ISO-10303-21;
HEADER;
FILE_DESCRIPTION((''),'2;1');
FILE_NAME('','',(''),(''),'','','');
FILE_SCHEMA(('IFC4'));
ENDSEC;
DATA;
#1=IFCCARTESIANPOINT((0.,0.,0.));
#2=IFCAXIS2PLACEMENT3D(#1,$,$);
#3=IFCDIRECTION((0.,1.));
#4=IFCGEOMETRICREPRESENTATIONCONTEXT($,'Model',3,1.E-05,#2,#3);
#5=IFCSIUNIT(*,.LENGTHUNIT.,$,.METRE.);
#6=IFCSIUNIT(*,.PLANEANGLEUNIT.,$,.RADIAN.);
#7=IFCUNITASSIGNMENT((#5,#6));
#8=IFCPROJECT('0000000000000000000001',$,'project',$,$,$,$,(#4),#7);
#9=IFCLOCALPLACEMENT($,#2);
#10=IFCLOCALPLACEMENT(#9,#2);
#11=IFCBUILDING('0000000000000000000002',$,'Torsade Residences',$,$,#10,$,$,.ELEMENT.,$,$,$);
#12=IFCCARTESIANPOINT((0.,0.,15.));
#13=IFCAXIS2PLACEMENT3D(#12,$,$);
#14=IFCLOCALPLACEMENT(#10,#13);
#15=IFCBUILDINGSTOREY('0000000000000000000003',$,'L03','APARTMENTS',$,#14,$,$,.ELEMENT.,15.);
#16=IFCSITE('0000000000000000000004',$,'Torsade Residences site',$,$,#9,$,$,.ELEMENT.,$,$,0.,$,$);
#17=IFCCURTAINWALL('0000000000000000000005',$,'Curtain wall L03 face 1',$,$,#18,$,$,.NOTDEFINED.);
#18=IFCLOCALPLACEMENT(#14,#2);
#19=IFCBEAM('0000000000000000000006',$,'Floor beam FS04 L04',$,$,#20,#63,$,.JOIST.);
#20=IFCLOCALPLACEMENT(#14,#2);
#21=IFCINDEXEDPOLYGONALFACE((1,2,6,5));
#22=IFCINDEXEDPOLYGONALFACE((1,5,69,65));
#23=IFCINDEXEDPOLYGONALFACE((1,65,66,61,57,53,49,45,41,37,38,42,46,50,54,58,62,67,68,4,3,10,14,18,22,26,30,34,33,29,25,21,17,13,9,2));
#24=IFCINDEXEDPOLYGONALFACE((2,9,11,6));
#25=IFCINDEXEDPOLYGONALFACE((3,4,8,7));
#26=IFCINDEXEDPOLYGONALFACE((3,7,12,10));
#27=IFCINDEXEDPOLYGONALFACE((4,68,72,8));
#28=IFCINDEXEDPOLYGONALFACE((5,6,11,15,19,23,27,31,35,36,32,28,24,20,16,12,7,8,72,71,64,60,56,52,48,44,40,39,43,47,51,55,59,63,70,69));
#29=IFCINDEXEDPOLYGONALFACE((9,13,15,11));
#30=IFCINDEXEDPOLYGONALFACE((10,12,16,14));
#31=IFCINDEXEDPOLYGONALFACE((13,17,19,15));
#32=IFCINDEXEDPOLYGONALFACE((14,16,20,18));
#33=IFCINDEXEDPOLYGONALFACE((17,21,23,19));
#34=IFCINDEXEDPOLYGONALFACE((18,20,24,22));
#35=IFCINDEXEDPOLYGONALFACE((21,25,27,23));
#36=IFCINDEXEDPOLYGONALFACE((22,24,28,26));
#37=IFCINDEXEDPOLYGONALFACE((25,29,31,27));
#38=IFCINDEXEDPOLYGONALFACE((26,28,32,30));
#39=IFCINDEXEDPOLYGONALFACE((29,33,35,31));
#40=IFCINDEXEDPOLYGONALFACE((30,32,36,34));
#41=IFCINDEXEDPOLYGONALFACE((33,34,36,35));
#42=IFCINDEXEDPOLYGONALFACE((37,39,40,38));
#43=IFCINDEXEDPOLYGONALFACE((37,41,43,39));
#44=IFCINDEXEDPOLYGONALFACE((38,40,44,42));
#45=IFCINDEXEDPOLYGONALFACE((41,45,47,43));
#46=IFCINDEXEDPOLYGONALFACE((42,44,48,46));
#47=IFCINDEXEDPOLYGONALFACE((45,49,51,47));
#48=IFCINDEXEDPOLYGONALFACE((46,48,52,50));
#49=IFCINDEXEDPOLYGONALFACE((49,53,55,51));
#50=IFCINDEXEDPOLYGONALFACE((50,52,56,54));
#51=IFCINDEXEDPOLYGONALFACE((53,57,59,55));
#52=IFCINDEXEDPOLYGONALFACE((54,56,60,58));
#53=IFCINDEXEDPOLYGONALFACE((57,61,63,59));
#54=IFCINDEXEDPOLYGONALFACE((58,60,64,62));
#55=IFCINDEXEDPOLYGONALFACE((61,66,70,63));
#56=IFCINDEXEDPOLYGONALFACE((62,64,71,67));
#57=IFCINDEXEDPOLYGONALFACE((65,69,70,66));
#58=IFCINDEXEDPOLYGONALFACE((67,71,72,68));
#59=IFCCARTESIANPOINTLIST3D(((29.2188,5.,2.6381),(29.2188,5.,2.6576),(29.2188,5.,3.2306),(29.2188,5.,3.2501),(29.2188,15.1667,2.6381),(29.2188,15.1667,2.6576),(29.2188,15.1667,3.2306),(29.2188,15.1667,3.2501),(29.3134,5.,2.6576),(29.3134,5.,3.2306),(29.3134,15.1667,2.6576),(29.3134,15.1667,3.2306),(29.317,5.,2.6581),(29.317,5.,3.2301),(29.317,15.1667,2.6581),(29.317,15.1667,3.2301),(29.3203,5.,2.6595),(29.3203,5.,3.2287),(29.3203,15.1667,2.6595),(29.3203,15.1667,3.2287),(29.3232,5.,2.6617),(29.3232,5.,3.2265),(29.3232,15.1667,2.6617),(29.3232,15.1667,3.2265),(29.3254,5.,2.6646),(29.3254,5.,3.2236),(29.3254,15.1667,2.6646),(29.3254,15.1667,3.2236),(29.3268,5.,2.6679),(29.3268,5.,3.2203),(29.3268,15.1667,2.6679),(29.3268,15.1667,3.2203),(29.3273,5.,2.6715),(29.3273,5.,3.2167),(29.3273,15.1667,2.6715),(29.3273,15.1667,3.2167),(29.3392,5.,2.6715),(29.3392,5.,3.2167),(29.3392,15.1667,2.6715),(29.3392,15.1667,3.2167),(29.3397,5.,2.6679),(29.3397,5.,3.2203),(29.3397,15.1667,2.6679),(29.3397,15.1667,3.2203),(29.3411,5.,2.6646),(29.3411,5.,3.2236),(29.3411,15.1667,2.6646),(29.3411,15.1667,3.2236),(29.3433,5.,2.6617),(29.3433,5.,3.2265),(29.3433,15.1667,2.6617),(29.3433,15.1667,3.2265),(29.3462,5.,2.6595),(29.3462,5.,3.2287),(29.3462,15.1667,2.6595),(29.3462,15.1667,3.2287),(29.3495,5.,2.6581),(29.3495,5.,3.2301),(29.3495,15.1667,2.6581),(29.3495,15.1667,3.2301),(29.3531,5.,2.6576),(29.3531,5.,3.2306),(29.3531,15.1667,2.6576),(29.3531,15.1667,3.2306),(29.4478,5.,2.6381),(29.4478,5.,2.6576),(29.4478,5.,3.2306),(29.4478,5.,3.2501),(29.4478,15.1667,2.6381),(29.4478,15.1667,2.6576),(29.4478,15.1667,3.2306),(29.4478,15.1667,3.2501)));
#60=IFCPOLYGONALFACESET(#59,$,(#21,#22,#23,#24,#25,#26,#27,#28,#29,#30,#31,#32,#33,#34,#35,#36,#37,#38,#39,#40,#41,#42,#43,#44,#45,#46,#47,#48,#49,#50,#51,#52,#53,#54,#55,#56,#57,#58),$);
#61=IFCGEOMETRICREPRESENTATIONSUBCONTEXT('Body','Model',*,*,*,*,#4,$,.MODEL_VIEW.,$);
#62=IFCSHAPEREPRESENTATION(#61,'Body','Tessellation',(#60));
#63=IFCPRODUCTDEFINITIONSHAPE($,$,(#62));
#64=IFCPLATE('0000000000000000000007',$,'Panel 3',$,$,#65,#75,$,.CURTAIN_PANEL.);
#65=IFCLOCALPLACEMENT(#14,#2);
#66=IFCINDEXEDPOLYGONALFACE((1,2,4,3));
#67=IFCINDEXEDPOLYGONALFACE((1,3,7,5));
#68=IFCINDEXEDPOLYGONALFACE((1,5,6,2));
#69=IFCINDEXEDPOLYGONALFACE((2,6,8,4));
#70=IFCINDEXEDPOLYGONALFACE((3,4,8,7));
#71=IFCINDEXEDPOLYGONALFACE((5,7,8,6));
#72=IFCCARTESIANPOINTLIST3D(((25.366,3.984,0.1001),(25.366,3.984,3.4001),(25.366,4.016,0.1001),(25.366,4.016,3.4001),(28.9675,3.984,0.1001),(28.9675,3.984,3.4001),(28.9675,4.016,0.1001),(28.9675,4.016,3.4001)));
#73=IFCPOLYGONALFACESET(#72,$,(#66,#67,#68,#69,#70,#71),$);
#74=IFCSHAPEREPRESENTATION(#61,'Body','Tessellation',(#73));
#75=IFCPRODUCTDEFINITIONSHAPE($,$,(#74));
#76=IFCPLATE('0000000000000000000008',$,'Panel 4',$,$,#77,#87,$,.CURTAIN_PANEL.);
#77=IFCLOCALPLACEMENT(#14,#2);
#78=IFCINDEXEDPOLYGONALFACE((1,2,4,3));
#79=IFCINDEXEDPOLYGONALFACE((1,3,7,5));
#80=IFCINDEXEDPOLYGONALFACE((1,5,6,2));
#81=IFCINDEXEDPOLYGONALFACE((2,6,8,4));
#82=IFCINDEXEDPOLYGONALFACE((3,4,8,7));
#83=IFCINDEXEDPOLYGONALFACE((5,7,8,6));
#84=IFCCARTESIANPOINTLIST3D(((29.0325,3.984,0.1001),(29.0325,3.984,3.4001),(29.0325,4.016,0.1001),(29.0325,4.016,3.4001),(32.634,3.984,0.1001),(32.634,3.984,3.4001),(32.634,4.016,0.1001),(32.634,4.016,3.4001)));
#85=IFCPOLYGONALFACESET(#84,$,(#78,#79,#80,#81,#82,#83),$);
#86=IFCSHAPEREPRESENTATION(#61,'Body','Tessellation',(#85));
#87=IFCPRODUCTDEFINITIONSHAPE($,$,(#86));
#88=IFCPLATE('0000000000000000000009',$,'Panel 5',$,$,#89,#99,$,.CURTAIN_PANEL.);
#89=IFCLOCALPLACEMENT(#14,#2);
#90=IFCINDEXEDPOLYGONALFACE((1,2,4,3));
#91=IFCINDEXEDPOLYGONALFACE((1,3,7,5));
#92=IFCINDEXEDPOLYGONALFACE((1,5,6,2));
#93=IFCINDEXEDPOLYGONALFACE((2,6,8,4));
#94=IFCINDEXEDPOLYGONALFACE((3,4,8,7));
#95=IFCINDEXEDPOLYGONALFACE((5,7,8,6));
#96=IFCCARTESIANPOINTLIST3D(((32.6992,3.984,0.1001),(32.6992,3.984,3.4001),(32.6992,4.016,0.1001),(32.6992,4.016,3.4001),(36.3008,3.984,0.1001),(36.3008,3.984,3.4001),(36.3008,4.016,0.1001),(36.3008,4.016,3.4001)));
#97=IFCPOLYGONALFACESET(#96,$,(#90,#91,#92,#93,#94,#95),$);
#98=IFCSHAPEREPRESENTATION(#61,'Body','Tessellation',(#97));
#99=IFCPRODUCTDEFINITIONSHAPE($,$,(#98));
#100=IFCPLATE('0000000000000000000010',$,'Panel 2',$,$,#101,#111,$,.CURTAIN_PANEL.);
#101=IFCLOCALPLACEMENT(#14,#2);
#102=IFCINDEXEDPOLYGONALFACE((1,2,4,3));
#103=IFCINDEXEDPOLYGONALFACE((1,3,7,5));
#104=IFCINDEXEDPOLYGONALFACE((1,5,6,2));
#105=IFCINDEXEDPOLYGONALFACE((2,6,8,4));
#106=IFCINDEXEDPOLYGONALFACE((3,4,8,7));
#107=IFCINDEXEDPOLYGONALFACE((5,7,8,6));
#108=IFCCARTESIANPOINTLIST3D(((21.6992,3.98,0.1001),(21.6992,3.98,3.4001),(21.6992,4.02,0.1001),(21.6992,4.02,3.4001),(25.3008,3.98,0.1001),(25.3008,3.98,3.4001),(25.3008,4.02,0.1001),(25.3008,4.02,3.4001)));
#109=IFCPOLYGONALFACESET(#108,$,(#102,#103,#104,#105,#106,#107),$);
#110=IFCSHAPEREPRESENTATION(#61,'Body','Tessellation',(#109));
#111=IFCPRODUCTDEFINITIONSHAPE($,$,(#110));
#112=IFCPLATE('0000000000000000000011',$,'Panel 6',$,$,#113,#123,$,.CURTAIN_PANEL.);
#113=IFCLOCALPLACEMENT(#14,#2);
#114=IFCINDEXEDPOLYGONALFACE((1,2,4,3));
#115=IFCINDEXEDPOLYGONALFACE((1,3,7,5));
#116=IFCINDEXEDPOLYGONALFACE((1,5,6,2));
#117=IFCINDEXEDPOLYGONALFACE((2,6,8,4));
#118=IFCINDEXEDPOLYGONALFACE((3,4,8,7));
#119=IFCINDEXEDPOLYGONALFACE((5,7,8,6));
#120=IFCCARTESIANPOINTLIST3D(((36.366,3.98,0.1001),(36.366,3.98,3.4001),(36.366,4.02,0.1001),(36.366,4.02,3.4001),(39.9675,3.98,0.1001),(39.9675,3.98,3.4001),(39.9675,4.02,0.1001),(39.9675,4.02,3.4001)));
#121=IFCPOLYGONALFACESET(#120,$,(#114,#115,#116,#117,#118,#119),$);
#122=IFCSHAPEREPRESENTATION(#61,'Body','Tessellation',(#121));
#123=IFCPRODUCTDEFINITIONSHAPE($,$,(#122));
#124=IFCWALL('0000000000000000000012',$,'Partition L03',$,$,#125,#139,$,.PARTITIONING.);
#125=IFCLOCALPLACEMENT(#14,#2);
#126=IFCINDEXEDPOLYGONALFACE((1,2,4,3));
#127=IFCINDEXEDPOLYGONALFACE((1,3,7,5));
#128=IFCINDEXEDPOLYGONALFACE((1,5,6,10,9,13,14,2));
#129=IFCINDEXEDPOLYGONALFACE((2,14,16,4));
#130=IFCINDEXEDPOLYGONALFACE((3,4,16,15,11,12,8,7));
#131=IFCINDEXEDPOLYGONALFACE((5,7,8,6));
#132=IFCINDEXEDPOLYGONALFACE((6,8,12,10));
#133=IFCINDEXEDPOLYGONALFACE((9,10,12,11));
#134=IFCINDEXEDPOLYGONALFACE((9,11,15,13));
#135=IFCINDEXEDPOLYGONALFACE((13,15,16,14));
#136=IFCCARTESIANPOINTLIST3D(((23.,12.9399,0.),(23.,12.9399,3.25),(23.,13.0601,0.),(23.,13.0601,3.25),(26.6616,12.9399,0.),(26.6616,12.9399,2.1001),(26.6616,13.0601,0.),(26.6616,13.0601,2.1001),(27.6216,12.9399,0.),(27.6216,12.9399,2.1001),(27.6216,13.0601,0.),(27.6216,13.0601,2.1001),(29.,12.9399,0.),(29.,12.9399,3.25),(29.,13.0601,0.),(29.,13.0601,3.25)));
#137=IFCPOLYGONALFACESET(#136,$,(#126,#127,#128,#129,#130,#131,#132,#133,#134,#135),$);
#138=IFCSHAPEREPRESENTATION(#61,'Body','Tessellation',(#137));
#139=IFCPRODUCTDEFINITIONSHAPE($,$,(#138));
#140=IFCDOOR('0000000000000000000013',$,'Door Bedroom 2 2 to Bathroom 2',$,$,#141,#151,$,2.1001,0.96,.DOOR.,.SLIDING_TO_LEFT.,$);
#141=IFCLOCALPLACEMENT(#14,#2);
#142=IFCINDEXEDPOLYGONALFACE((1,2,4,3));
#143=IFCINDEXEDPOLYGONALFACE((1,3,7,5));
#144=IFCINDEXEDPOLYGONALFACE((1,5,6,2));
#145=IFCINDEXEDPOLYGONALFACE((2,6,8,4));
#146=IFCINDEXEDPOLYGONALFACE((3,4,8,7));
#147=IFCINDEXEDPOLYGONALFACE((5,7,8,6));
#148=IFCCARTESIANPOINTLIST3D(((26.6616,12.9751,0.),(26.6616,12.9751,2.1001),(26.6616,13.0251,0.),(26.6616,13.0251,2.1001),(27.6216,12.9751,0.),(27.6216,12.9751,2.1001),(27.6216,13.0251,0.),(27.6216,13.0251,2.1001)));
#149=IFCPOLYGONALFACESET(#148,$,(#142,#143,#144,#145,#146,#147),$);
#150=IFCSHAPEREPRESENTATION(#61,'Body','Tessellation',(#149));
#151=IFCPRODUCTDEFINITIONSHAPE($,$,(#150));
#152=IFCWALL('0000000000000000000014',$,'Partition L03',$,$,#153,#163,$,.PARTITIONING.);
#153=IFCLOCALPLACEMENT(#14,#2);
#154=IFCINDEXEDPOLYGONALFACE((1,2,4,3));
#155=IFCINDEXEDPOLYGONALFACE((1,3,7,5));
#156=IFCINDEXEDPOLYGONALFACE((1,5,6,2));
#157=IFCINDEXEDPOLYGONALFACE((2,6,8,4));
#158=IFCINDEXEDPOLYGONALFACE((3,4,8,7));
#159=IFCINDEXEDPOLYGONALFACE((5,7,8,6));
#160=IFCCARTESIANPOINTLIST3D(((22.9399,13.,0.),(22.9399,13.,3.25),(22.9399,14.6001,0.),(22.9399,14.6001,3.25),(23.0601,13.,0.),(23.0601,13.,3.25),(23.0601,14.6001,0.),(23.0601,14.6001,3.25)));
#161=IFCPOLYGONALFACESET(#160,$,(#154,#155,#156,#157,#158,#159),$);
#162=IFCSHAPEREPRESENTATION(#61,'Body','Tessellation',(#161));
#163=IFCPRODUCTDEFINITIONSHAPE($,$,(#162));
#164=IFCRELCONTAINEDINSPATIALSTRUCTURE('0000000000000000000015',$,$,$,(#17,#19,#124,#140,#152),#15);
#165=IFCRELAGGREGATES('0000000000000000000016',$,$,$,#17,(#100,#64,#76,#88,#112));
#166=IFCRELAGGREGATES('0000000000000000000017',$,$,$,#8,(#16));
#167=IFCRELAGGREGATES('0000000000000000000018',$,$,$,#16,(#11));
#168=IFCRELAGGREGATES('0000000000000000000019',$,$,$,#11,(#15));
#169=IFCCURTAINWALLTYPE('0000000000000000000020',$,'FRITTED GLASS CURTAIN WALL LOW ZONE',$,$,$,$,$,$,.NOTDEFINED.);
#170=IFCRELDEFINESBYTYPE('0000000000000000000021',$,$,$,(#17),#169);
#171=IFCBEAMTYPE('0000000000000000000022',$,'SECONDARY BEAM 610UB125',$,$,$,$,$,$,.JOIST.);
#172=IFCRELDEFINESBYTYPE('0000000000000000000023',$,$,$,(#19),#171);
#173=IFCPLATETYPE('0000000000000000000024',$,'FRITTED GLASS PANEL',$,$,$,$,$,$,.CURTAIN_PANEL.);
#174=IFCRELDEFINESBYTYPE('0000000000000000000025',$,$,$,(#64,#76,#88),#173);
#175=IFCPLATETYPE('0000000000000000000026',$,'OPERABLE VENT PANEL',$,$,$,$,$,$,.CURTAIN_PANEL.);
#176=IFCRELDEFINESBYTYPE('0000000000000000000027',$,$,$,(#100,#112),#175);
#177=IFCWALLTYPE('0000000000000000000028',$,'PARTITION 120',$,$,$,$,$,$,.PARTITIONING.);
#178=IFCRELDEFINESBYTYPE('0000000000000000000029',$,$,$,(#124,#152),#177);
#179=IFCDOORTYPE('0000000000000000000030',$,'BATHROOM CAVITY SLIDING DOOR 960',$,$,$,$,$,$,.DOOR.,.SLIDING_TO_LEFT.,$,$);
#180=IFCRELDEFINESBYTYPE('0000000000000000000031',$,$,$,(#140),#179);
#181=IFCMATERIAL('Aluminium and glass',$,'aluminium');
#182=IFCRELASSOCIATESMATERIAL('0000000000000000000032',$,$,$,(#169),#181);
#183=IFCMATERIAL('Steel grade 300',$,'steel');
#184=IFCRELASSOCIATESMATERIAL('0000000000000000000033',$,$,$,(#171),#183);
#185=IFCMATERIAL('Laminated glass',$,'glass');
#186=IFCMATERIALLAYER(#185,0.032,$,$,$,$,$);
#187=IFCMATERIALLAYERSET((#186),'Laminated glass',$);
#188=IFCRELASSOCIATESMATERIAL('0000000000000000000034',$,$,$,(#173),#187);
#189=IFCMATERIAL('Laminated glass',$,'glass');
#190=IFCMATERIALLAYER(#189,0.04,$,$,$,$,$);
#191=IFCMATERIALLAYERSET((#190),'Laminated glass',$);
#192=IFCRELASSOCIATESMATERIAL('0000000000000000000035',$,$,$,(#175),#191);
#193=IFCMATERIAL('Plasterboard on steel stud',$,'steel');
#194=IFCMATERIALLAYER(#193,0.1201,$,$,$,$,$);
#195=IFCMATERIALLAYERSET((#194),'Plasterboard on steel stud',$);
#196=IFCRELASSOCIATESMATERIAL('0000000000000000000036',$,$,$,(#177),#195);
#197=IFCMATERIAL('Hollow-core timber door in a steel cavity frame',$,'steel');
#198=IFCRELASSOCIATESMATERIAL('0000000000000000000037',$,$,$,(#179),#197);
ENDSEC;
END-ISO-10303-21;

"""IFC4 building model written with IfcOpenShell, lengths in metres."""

from ifc_helpers import new_model, si_unit, direction, frame, frame_2d, origin, origin_2d, place, context, subcontext, project, spatial, rectangle, i_section, extrude, material, layer, layer_set, material_profile, profile_set, type_object, element, fill, aggregate, save


model = new_model("IFC4")

# Units and contexts
model_context = context("Model", 3, precision=1e-05, world=origin(), true_north=direction((0.0, 1.0)))
body_context = subcontext(model_context, "Body", "Model", "MODEL_VIEW")
ifc_project = project(units=[si_unit("LENGTHUNIT", "METRE"), si_unit("PLANEANGLEUNIT", "RADIAN")], contexts=[model_context])

# Site, building, storey
site_placement = place(None, origin())
site = spatial("IfcSite", under=ifc_project, at=site_placement, Name="Torsade Residences site", CompositionType="ELEMENT", RefElevation=0.0)
building_placement = place(site_placement, origin())
building = spatial("IfcBuilding", under=site, at=building_placement, Name="Torsade Residences", CompositionType="ELEMENT")
storey_placement = place(building_placement, frame((0.0, 0.0, 15.0)))
storey = spatial("IfcBuildingStorey", under=building, at=storey_placement, Name="L03", Description="APARTMENTS", CompositionType="ELEMENT", Elevation=15.0)

# Curtain wall
ifc_material_1 = material(Name="Aluminium and glass", Category="aluminium")
curtain_wall_type = type_object("IfcCurtainWallType", Name="FRITTED GLASS CURTAIN WALL LOW ZONE", PredefinedType="NOTDEFINED", material=ifc_material_1)
curtain_wall_placement = place(storey_placement, origin())
curtain_wall = element("IfcCurtainWall", 1, at=curtain_wall_placement, inside=storey, type_object=curtain_wall_type, Name="Curtain wall L03 face 1", PredefinedType="NOTDEFINED")

# Beam
ifc_material_2 = material(Name="Steel grade 300", Category="steel")
ifc_material_profile_1 = material_profile(ifc_material_2, i_section(OverallWidth=0.229, OverallDepth=0.6121, WebThickness=0.012, FlangeThickness=0.0195, FilletRadius=0.0139, at=origin_2d()), Name="610UB125")
ifc_profile_set_1 = profile_set([ifc_material_profile_1], Name="Steel grade 300")
beam_type_1 = type_object("IfcBeamType", Name="SECONDARY BEAM 610UB125", PredefinedType="JOIST", material=ifc_profile_set_1)
beam_1_placement = place(storey_placement, frame((29.3333, 5.0, 2.9441), z_axis=(0.0, 1.0, 0.0), x_axis=(-1.0, 0.0, 0.0)))
element("IfcBeam", 2, at=beam_1_placement, inside=storey, type_object=beam_type_1, Name="Floor beam FS04 L04", PredefinedType="JOIST", context=body_context, shape_type="SweptSolid", body=[
    extrude(i_section(OverallWidth=0.229, OverallDepth=0.6121, WebThickness=0.012, FlangeThickness=0.0195, FilletRadius=0.0139, at=origin_2d()), origin(), (0.0, 0.0, 1.0), 10.1667),
])

# Plates
ifc_material_3 = material(Name="Laminated glass", Category="glass")
ifc_layer_1 = layer(ifc_material_3, 0.032)
ifc_layer_set_1 = layer_set([ifc_layer_1], Name="Laminated glass")
plate_type_1 = type_object("IfcPlateType", Name="FRITTED GLASS PANEL", PredefinedType="CURTAIN_PANEL", material=ifc_layer_set_1)
plate_1_placement = place(storey_placement, frame((27.1667, 4.0, 0.1001), z_axis=(0.0, 0.0, 1.0), x_axis=(1.0, 0.0, 0.0)))
plate_1 = element("IfcPlate", 3, at=plate_1_placement, type_object=plate_type_1, Name="Panel 3", PredefinedType="CURTAIN_PANEL", context=body_context, shape_type="SweptSolid", body=[
    extrude(rectangle(XDim=3.6016, YDim=0.032, at=origin_2d()), origin(), (0.0, 0.0, 1.0), 3.3),
])
plate_2_placement = place(storey_placement, frame((30.8333, 4.0, 0.1001), z_axis=(0.0, 0.0, 1.0), x_axis=(1.0, 0.0, 0.0)))
plate_2 = element("IfcPlate", 4, at=plate_2_placement, type_object=plate_type_1, Name="Panel 4", PredefinedType="CURTAIN_PANEL", context=body_context, shape_type="SweptSolid", body=[
    extrude(rectangle(XDim=3.6016, YDim=0.032, at=origin_2d()), origin(), (0.0, 0.0, 1.0), 3.3),
])
plate_3_placement = place(storey_placement, frame((34.5, 4.0, 0.1001), z_axis=(0.0, 0.0, 1.0), x_axis=(1.0, 0.0, 0.0)))
plate_3 = element("IfcPlate", 5, at=plate_3_placement, type_object=plate_type_1, Name="Panel 5", PredefinedType="CURTAIN_PANEL", context=body_context, shape_type="SweptSolid", body=[
    extrude(rectangle(XDim=3.6016, YDim=0.032, at=origin_2d()), origin(), (0.0, 0.0, 1.0), 3.3),
])
ifc_material_4 = material(Name="Laminated glass", Category="glass")
ifc_layer_2 = layer(ifc_material_4, 0.04)
ifc_layer_set_2 = layer_set([ifc_layer_2], Name="Laminated glass")
plate_type_2 = type_object("IfcPlateType", Name="OPERABLE VENT PANEL", PredefinedType="CURTAIN_PANEL", material=ifc_layer_set_2)
plate_4_placement = place(storey_placement, frame((23.5, 4.0, 0.1001), z_axis=(0.0, 0.0, 1.0), x_axis=(1.0, 0.0, 0.0)))
plate_4 = element("IfcPlate", 6, at=plate_4_placement, type_object=plate_type_2, Name="Panel 2", PredefinedType="CURTAIN_PANEL", context=body_context, shape_type="SweptSolid", body=[
    extrude(rectangle(XDim=3.6016, YDim=0.04, at=origin_2d()), origin(), (0.0, 0.0, 1.0), 3.3),
])
plate_5_placement = place(storey_placement, frame((38.1667, 4.0, 0.1001), z_axis=(0.0, 0.0, 1.0), x_axis=(1.0, 0.0, 0.0)))
plate_5 = element("IfcPlate", 7, at=plate_5_placement, type_object=plate_type_2, Name="Panel 6", PredefinedType="CURTAIN_PANEL", context=body_context, shape_type="SweptSolid", body=[
    extrude(rectangle(XDim=3.6016, YDim=0.04, at=origin_2d()), origin(), (0.0, 0.0, 1.0), 3.3),
])
aggregate(curtain_wall, [plate_4, plate_1, plate_2, plate_3, plate_5])

# Wall, opening, door
ifc_material_5 = material(Name="Plasterboard on steel stud", Category="steel")
ifc_layer_3 = layer(ifc_material_5, 0.1201)
ifc_layer_set_3 = layer_set([ifc_layer_3], Name="Plasterboard on steel stud")
wall_type_1 = type_object("IfcWallType", Name="PARTITION 120", PredefinedType="PARTITIONING", material=ifc_layer_set_3)
wall_1_placement = place(storey_placement, frame((29.0, 13.0, 0.0), z_axis=(0.0, 0.0, 1.0), x_axis=(-1.0, 0.0, 0.0)))
wall_1 = element("IfcWall", 8, at=wall_1_placement, inside=storey, type_object=wall_type_1, Name="Partition L03", PredefinedType="PARTITIONING", context=body_context, shape_type="SweptSolid", body=[
    extrude(rectangle(XDim=6.0, YDim=0.1201, at=frame_2d((3.0, 0.0))), origin(), (0.0, 0.0, 1.0), 3.25),
])
opening_1_placement = place(wall_1_placement, frame((1.3784, 0.0, 0.0)))
opening_1 = element("IfcOpeningElement", 9, at=opening_1_placement, cuts=wall_1, PredefinedType="OPENING", context=body_context, shape_type="SweptSolid", body=[
    extrude(rectangle(XDim=0.96, YDim=2.1001, at=frame_2d((0.48, 1.05))), frame((0.0, 0.0701, 0.0), z_axis=(0.0, -1.0, 0.0), x_axis=(1.0, 0.0, 0.0)), (0.0, 0.0, 1.0), 0.1401),
])
ifc_material_6 = material(Name="Hollow-core timber door in a steel cavity frame", Category="steel")
door_type_1 = type_object("IfcDoorType", Name="BATHROOM CAVITY SLIDING DOOR 960", OperationType="SLIDING_TO_LEFT", PredefinedType="DOOR", material=ifc_material_6)
door_1_placement = place(opening_1_placement, origin())
door_1 = element("IfcDoor", 10, at=door_1_placement, inside=storey, type_object=door_type_1, Name="Door Bedroom 2 2 to Bathroom 2", OperationType="SLIDING_TO_LEFT", OverallHeight=2.1001, OverallWidth=0.96, PredefinedType="DOOR", context=body_context, shape_type="SweptSolid", body=[
    extrude(rectangle(XDim=0.96, YDim=2.1001, at=frame_2d((0.48, 1.05))), frame((0.0, 0.0249, 0.0), z_axis=(0.0, -1.0, 0.0), x_axis=(1.0, 0.0, 0.0)), (0.0, 0.0, 1.0), 0.05),
])
fill(opening_1, door_1)

# Wall
wall_2_placement = place(storey_placement, frame((23.0, 13.0, 0.0), z_axis=(0.0, 0.0, 1.0), x_axis=(0.0, 1.0, 0.0)))
element("IfcWall", 11, at=wall_2_placement, inside=storey, type_object=wall_type_1, Name="Partition L03", PredefinedType="PARTITIONING", context=body_context, shape_type="SweptSolid", body=[
    extrude(rectangle(XDim=1.6001, YDim=0.1201, at=frame_2d((0.8, 0.0))), origin(), (0.0, 0.0, 1.0), 3.25),
])

save(model, "model.ifc")
